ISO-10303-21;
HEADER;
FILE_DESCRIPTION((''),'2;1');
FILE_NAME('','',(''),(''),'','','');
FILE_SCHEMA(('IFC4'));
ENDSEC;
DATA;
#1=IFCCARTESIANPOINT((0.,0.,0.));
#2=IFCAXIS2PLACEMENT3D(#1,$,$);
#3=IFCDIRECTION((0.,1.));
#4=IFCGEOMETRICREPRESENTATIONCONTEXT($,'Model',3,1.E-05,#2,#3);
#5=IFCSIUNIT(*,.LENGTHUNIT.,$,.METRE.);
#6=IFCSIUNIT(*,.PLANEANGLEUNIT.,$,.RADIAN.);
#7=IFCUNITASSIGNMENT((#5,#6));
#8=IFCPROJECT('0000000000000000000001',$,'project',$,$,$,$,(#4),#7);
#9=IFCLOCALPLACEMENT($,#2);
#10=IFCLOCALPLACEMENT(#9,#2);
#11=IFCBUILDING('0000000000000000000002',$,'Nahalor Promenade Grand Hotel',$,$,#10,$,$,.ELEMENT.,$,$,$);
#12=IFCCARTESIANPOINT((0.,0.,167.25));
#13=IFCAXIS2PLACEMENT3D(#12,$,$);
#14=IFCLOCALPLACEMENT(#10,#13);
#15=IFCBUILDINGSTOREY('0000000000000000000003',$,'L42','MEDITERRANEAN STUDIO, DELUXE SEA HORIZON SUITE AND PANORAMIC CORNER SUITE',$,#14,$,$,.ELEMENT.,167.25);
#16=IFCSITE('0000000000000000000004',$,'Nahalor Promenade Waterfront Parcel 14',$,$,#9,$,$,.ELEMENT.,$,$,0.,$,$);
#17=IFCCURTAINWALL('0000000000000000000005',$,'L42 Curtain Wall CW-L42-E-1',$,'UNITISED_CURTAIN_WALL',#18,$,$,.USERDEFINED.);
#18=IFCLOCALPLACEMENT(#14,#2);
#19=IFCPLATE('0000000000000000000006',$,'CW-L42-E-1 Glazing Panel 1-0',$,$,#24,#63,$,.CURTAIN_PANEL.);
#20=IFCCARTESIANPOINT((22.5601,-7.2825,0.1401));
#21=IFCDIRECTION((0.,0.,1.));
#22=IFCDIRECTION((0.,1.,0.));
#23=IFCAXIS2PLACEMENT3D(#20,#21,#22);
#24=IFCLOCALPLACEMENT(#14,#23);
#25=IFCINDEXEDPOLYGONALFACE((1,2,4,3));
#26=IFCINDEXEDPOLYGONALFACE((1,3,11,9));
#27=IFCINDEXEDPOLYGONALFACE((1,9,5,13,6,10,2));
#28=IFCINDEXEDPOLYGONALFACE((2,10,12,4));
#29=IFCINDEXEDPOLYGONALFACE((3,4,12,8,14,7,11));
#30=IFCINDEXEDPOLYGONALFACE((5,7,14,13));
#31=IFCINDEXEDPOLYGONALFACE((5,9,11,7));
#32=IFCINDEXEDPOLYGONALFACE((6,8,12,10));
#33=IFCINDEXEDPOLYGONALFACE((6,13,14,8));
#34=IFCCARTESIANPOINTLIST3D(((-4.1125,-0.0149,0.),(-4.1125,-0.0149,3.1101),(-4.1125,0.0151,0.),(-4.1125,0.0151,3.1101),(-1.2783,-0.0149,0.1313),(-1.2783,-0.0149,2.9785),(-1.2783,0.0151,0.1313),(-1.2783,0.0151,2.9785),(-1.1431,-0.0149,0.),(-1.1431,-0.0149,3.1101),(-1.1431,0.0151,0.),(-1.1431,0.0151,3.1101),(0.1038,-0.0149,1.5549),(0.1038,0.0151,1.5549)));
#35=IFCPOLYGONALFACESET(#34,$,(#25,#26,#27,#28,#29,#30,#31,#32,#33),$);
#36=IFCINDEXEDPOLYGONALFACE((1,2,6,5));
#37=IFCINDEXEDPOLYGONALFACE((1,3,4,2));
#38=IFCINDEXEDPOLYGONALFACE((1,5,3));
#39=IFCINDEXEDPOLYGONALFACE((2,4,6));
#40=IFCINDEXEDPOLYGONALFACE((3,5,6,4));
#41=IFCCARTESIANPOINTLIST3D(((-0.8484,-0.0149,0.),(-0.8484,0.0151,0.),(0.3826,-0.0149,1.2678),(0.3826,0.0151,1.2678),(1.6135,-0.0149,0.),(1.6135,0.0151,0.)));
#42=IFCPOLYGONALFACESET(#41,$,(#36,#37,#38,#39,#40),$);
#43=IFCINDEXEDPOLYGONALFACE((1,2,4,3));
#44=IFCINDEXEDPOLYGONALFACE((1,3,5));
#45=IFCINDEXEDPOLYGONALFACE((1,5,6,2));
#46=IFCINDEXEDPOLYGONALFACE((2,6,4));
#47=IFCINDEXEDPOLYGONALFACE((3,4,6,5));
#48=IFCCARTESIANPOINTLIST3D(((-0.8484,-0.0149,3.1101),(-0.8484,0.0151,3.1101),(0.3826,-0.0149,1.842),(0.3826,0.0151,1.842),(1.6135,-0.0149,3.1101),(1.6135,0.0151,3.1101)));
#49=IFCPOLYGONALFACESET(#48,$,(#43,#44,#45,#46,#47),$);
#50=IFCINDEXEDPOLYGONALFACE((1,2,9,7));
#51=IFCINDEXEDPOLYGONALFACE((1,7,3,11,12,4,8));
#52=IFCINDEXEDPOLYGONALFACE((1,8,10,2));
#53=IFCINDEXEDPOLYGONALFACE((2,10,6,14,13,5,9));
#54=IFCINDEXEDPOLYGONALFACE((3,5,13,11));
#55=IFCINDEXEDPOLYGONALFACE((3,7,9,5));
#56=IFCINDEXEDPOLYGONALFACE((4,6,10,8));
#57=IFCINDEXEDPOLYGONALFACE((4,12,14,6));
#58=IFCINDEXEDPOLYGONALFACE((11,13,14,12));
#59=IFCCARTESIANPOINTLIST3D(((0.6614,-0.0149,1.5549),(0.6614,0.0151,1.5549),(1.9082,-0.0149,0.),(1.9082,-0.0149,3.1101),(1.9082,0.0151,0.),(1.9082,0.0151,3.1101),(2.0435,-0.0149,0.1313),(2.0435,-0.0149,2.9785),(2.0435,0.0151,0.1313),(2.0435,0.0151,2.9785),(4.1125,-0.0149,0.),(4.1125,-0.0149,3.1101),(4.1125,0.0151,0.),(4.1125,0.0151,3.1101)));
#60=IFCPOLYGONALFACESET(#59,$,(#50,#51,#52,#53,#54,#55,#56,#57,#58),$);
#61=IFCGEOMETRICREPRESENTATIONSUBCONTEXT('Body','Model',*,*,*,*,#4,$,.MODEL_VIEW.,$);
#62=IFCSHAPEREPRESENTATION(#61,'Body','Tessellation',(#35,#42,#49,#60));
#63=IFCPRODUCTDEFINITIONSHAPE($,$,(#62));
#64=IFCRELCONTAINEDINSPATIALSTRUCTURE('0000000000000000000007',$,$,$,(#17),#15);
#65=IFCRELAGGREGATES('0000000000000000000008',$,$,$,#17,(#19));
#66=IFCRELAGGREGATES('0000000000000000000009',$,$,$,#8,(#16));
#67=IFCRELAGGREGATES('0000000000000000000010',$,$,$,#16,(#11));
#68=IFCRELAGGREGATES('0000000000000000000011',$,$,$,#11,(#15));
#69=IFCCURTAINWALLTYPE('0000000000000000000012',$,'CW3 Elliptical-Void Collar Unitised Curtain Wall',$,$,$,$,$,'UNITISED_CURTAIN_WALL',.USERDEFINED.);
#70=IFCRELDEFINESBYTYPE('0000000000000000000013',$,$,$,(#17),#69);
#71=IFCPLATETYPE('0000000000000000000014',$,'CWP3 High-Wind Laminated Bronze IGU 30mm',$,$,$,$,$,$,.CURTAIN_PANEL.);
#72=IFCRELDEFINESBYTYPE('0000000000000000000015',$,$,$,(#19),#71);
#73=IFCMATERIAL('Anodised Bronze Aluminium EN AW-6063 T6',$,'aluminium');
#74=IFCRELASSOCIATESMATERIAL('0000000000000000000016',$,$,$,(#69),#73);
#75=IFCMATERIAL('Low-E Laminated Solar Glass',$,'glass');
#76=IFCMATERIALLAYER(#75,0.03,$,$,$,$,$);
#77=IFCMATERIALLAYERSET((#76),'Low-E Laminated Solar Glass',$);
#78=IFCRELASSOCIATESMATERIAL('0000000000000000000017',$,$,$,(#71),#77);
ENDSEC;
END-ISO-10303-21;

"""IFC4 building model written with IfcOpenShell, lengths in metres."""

from ifc_helpers import new_model, si_unit, direction, frame, origin, place, context, subcontext, project, spatial, polyline, outline, extrude, material, layer, layer_set, type_object, element, aggregate, save


model = new_model("IFC4")

# Units and contexts
model_context = context("Model", 3, precision=1e-05, world=origin(), true_north=direction((0.0, 1.0)))
body_context = subcontext(model_context, "Body", "Model", "MODEL_VIEW")
ifc_project = project(units=[si_unit("LENGTHUNIT", "METRE"), si_unit("PLANEANGLEUNIT", "RADIAN")], contexts=[model_context])

# Site, building, storey
site_placement = place(None, origin())
site = spatial("IfcSite", under=ifc_project, at=site_placement, Name="Nahalor Promenade Waterfront Parcel 14", CompositionType="ELEMENT", RefElevation=0.0)
building_placement = place(site_placement, origin())
building = spatial("IfcBuilding", under=site, at=building_placement, Name="Nahalor Promenade Grand Hotel", CompositionType="ELEMENT")
storey_placement = place(building_placement, frame((0.0, 0.0, 167.25)))
storey = spatial("IfcBuildingStorey", under=building, at=storey_placement, Name="L42", Description="MEDITERRANEAN STUDIO, DELUXE SEA HORIZON SUITE AND PANORAMIC CORNER SUITE", CompositionType="ELEMENT", Elevation=167.25)

# Curtain wall
ifc_material_1 = material(Name="Anodised Bronze Aluminium EN AW-6063 T6", Category="aluminium")
curtain_wall_type = type_object("IfcCurtainWallType", Name="CW3 Elliptical-Void Collar Unitised Curtain Wall", ElementType="UNITISED_CURTAIN_WALL", PredefinedType="USERDEFINED", material=ifc_material_1)
curtain_wall_1_placement = place(storey_placement, origin())
curtain_wall_1 = element("IfcCurtainWall", 1, at=curtain_wall_1_placement, inside=storey, type_object=curtain_wall_type, Name="L42 Curtain Wall CW-L42-E-1", ObjectType="UNITISED_CURTAIN_WALL", PredefinedType="USERDEFINED")

# Plate
ifc_material_2 = material(Name="Low-E Laminated Solar Glass", Category="glass")
ifc_layer_1 = layer(ifc_material_2, 0.03)
ifc_layer_set_1 = layer_set([ifc_layer_1], Name="Low-E Laminated Solar Glass")
plate_type_1 = type_object("IfcPlateType", Name="CWP3 High-Wind Laminated Bronze IGU 30mm", PredefinedType="CURTAIN_PANEL", material=ifc_layer_set_1)
plate_1_placement = place(storey_placement, frame((22.5601, -7.2825, 0.1401), z_axis=(0.0, 0.0, 1.0), x_axis=(0.0, 1.0, 0.0)))
plate_1 = element("IfcPlate", 2, at=plate_1_placement, type_object=plate_type_1, Name="CW-L42-E-1 Glazing Panel 1-0", PredefinedType="CURTAIN_PANEL", context=body_context, shape_type="SweptSolid", body=[
    extrude(outline(polyline([(-4.1125, 3.1101), (-4.1125, 0.0), (-1.1431, 0.0), (-1.2783, 0.1313), (0.1038, 1.5549), (-1.2783, 2.9785), (-1.1431, 3.1101), (-4.1125, 3.1101)])), frame((0.0, 0.0151, 0.0), z_axis=(0.0, -1.0, 0.0), x_axis=(1.0, 0.0, 0.0)), (0.0, 0.0, 1.0), 0.03),
    extrude(outline(polyline([(0.3826, 1.2678), (-0.8484, 0.0), (1.6135, 0.0), (0.3826, 1.2678)])), frame((0.0, 0.0151, 0.0), z_axis=(0.0, -1.0, 0.0), x_axis=(1.0, 0.0, 0.0)), (0.0, 0.0, 1.0), 0.03),
    extrude(outline(polyline([(0.3826, 1.842), (1.6135, 3.1101), (-0.8484, 3.1101), (0.3826, 1.842)])), frame((0.0, 0.0151, 0.0), z_axis=(0.0, -1.0, 0.0), x_axis=(1.0, 0.0, 0.0)), (0.0, 0.0, 1.0), 0.03),
    extrude(outline(polyline([(4.1125, 0.0), (4.1125, 3.1101), (1.9082, 3.1101), (2.0435, 2.9785), (0.6614, 1.5549), (2.0435, 0.1313), (1.9082, 0.0), (4.1125, 0.0)])), frame((0.0, 0.0151, 0.0), z_axis=(0.0, -1.0, 0.0), x_axis=(1.0, 0.0, 0.0)), (0.0, 0.0, 1.0), 0.03),
])
aggregate(curtain_wall_1, [plate_1])

save(model, "model.ifc")
